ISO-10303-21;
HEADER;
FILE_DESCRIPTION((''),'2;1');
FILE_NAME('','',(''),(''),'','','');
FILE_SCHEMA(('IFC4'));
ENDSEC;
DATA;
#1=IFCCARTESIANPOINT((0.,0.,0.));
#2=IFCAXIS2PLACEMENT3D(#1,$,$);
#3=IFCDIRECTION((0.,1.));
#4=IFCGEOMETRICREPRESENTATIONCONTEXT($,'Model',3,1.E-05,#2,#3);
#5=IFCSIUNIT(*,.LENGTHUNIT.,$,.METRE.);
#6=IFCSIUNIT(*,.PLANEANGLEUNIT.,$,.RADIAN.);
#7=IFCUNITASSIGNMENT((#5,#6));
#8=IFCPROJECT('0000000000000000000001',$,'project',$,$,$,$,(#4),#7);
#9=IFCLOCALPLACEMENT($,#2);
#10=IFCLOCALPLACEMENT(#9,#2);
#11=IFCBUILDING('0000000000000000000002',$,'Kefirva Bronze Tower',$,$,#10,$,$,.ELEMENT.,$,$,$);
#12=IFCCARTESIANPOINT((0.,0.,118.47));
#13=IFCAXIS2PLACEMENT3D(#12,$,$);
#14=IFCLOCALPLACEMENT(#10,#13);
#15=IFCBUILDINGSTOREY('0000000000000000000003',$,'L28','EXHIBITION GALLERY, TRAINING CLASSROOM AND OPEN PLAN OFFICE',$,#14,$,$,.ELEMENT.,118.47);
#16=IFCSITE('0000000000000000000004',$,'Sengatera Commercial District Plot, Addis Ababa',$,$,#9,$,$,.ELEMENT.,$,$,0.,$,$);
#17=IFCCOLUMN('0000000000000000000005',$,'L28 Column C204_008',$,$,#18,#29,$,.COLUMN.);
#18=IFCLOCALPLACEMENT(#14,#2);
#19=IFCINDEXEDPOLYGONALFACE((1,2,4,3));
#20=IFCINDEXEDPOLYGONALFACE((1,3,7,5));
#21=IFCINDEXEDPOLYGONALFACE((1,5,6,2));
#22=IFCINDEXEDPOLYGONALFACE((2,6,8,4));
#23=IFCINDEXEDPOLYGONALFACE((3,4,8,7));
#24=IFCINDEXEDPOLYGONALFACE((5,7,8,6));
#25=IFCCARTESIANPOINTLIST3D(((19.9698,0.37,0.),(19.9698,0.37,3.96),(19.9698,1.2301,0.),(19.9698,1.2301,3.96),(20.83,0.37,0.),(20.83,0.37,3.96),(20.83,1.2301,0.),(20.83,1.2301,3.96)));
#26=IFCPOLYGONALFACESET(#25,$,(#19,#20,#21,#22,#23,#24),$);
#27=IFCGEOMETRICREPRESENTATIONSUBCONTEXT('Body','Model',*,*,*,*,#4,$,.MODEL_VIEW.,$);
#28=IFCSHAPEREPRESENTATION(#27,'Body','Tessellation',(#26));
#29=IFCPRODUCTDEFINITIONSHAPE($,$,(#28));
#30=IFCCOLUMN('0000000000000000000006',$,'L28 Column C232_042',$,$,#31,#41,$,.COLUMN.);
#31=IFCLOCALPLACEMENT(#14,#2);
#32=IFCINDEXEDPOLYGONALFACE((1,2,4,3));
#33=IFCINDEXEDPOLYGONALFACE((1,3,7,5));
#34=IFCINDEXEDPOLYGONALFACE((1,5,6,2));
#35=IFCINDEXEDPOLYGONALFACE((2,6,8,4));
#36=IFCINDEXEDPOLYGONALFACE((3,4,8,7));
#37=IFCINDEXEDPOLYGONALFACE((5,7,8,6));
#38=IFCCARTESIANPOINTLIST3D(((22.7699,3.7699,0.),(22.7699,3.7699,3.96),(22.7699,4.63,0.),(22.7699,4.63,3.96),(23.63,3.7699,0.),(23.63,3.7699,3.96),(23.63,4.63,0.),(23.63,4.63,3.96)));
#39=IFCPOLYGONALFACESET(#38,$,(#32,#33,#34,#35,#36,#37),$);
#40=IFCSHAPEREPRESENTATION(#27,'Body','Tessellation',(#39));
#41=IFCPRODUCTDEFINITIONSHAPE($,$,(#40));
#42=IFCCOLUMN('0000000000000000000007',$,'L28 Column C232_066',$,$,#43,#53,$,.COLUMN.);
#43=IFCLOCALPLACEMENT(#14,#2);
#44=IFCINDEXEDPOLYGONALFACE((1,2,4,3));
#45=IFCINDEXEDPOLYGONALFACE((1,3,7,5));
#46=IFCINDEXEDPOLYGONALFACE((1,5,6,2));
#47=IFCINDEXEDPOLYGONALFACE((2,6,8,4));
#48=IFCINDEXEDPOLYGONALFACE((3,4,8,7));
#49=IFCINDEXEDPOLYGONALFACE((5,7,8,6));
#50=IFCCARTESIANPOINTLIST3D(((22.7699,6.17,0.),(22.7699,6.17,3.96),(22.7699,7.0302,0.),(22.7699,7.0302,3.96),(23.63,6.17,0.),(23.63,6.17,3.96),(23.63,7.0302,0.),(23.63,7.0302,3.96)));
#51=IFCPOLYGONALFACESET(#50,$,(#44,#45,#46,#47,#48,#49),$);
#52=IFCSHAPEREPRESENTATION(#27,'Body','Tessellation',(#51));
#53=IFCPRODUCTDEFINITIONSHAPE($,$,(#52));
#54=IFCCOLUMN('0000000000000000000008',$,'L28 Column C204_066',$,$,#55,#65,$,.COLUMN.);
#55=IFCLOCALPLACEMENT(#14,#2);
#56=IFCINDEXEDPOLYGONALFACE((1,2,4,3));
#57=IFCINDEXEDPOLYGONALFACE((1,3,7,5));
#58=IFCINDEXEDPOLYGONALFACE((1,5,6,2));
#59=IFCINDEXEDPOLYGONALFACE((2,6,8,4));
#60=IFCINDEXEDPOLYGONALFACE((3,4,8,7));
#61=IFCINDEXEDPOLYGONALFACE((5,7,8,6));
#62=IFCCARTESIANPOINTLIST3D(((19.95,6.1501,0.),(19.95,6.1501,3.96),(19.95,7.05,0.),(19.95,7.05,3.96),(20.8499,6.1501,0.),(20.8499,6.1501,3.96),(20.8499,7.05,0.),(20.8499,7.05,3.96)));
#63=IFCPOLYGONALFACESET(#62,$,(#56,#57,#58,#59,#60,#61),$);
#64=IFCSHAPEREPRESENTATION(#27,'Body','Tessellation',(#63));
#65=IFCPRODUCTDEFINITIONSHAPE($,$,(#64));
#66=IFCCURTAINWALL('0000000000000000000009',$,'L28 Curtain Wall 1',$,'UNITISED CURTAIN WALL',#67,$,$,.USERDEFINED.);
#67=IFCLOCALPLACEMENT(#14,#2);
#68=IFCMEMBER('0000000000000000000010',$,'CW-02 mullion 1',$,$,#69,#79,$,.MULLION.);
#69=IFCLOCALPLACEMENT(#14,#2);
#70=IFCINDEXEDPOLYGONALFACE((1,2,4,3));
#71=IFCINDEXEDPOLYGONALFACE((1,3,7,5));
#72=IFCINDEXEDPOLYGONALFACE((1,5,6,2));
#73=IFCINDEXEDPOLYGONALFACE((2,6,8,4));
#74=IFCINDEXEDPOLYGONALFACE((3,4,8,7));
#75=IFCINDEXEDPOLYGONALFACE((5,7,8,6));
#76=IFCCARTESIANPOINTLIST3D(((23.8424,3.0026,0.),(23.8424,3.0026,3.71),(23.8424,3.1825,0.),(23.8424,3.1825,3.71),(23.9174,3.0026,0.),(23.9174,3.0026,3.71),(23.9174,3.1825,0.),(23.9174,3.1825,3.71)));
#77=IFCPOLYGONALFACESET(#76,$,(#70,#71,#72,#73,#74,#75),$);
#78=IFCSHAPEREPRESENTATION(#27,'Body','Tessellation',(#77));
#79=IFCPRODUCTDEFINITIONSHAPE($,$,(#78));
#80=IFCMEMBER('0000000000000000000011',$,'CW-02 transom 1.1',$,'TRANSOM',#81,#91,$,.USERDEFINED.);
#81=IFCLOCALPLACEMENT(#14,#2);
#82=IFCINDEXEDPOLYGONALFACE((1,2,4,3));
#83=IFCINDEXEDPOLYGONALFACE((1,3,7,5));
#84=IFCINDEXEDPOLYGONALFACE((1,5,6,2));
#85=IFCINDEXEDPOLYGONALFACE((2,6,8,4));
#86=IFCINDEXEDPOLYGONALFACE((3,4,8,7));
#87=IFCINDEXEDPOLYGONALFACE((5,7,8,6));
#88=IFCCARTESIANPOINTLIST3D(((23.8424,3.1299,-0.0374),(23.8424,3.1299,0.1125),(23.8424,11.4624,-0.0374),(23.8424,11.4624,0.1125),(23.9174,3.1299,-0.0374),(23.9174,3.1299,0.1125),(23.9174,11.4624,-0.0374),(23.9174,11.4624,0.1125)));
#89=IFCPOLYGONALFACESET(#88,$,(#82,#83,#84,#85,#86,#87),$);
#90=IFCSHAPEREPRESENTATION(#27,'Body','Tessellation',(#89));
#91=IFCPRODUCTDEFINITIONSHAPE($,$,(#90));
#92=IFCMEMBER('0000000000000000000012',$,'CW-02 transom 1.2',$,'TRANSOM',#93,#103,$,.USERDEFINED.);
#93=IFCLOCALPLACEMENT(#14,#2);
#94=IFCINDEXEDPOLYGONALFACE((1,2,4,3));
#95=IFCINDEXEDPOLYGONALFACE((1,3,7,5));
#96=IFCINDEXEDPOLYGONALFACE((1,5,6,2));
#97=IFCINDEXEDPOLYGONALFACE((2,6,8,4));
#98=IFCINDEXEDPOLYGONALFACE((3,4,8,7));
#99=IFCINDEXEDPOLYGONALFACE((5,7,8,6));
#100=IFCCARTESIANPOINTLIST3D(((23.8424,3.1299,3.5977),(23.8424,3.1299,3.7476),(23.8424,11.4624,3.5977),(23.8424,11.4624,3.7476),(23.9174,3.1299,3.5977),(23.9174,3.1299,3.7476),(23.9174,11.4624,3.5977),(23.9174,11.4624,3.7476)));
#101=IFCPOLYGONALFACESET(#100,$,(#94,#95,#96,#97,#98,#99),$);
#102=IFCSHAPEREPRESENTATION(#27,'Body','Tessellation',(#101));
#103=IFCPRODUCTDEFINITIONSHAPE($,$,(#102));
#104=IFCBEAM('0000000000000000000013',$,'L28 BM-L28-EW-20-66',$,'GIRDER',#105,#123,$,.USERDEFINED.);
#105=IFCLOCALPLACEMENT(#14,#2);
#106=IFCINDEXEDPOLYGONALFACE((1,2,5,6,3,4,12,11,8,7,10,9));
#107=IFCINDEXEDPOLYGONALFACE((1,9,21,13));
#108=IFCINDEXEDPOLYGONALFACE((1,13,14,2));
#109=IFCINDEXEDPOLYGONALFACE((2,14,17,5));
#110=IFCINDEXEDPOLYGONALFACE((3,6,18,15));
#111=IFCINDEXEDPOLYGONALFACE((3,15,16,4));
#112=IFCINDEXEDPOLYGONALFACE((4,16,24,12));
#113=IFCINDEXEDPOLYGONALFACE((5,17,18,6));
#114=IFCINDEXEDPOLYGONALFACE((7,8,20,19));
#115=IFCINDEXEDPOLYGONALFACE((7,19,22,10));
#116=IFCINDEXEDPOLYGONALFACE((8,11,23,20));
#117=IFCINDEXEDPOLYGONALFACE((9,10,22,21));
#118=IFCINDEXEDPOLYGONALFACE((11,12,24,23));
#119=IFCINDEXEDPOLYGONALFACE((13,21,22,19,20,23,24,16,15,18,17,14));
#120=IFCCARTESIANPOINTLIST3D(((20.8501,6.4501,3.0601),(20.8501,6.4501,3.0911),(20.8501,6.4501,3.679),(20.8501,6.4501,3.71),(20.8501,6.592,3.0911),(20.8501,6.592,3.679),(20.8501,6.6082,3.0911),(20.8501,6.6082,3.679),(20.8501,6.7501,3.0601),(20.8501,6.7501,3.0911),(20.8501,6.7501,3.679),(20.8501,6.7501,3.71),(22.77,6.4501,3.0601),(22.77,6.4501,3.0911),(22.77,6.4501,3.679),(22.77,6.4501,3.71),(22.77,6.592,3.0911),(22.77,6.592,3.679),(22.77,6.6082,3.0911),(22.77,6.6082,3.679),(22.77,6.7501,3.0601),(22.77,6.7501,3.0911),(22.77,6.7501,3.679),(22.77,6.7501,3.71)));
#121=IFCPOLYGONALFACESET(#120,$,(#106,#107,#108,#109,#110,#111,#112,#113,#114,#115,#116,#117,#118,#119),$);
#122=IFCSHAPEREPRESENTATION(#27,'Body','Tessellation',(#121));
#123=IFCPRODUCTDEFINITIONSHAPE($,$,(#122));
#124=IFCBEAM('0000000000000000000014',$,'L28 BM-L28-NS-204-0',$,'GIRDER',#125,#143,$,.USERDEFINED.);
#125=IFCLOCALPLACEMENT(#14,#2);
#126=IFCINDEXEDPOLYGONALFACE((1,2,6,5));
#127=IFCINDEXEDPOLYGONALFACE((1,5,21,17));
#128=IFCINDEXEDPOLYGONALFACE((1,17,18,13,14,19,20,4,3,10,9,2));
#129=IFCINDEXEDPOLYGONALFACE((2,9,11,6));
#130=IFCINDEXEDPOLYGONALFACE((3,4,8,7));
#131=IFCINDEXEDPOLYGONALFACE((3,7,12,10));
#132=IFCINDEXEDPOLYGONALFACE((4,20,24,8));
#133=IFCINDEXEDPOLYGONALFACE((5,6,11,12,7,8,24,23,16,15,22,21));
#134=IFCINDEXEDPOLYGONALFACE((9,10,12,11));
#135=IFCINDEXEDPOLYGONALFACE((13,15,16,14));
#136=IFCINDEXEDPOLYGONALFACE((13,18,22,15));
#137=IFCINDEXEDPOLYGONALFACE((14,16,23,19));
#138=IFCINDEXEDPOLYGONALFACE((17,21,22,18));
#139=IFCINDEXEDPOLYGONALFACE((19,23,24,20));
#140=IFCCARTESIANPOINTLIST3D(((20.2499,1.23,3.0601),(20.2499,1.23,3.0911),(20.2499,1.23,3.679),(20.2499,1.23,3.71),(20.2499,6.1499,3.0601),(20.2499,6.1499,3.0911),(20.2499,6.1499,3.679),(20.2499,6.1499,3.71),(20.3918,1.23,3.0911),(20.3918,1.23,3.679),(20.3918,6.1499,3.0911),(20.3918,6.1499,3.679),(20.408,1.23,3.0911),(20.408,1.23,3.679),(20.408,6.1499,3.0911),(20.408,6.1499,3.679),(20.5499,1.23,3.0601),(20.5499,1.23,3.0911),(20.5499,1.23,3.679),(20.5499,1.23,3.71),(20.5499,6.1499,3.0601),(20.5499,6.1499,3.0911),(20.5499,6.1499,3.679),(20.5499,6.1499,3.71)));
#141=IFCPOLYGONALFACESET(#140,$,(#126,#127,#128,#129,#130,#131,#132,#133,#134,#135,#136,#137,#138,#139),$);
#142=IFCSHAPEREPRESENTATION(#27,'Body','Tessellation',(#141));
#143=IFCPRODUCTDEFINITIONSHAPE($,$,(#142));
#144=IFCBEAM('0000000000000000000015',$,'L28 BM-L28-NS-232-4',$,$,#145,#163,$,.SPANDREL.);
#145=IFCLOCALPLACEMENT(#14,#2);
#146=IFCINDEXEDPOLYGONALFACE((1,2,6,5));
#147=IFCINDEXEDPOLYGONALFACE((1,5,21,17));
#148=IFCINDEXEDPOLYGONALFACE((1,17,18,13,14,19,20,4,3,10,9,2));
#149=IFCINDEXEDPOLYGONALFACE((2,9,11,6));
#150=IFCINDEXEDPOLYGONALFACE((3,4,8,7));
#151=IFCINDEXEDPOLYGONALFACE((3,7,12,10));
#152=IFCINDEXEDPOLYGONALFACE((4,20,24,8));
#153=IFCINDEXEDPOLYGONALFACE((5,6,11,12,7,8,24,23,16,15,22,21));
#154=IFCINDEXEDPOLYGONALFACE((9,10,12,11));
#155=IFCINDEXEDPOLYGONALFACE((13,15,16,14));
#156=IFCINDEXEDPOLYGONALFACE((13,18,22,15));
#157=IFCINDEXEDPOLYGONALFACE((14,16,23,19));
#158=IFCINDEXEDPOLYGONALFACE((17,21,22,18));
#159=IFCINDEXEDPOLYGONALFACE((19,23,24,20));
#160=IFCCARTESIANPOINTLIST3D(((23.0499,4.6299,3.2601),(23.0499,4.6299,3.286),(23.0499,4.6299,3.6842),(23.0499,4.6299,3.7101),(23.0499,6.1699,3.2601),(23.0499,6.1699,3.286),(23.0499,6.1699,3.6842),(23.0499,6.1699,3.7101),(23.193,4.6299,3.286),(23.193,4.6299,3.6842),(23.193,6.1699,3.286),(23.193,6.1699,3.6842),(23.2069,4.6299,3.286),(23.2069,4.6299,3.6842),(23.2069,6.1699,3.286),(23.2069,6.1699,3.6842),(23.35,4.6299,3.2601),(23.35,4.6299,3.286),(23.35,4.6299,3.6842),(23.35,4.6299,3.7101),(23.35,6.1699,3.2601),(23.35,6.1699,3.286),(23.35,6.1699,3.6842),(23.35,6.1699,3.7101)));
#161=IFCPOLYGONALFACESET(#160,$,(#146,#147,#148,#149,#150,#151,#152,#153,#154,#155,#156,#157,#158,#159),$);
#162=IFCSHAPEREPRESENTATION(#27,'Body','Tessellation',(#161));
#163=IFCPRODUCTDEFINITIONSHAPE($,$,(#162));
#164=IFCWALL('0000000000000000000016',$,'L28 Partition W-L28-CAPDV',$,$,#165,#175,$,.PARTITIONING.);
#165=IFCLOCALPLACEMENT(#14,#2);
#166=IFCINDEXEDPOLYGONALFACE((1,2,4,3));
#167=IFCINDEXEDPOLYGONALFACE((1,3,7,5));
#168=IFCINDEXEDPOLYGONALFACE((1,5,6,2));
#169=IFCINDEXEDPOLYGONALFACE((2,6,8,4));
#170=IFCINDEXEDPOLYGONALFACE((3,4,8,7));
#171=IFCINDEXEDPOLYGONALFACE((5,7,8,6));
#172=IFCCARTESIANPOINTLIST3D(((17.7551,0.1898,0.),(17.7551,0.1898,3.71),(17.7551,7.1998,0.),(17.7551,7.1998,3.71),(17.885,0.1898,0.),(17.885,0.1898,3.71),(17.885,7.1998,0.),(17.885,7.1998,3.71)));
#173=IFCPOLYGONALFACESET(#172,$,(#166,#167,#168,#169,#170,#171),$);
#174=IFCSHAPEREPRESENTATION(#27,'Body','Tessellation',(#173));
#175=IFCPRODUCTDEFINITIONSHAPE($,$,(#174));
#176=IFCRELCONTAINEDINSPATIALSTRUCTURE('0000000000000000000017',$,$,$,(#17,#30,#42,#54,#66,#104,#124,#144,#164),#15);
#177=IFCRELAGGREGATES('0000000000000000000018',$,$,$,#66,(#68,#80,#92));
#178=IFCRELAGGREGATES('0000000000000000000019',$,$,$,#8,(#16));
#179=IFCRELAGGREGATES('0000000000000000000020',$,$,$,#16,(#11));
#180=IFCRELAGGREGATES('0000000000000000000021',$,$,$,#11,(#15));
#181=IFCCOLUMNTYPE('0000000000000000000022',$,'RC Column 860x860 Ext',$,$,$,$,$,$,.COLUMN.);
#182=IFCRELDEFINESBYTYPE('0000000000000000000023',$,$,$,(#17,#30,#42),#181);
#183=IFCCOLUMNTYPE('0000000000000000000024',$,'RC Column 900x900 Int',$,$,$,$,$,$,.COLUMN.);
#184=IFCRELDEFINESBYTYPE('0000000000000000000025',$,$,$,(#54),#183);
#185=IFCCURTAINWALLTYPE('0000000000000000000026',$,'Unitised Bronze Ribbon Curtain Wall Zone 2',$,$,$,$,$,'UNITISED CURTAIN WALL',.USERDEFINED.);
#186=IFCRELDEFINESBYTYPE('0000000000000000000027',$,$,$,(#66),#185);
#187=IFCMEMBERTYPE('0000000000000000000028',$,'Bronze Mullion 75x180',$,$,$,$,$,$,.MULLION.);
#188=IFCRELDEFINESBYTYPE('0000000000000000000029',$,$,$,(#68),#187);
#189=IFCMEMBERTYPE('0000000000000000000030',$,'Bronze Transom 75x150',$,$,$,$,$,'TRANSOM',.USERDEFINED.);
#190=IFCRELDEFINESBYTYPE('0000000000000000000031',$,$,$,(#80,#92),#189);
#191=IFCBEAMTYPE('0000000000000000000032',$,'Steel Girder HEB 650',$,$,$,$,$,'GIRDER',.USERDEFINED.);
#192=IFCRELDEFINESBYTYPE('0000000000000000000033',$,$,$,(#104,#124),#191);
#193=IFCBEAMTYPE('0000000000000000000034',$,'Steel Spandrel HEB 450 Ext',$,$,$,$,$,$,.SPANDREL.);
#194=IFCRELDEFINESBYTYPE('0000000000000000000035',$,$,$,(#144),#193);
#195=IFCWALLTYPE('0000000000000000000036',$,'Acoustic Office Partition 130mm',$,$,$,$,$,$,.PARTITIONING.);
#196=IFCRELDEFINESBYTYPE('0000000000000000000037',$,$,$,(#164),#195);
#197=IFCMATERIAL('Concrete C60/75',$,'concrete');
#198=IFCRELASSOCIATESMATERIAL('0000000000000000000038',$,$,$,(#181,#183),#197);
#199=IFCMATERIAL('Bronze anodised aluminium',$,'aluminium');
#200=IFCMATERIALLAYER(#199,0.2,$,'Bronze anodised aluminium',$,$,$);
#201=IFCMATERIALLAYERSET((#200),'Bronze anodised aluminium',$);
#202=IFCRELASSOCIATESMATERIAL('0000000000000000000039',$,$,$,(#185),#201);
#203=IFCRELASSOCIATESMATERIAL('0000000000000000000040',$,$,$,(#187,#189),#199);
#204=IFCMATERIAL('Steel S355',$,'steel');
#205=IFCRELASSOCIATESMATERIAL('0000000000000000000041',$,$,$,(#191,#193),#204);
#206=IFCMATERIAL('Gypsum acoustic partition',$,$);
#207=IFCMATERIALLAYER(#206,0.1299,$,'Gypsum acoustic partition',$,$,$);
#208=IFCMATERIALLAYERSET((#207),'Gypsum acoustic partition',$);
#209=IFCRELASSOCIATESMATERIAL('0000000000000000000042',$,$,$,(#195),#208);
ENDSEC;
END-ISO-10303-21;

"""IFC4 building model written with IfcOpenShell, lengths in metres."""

from ifc_helpers import new_model, si_unit, direction, frame, frame_2d, origin, origin_2d, place, context, subcontext, project, spatial, rectangle, i_section, extrude, material, layer, layer_set, material_profile, profile_set, type_object, element, aggregate, save


model = new_model("IFC4")

# Units and contexts
model_context = context("Model", 3, precision=1e-05, world=origin(), true_north=direction((0.0, 1.0)))
body_context = subcontext(model_context, "Body", "Model", "MODEL_VIEW")
ifc_project = project(units=[si_unit("LENGTHUNIT", "METRE"), si_unit("PLANEANGLEUNIT", "RADIAN")], contexts=[model_context])

# Site, building, storey
site_placement = place(None, origin())
site = spatial("IfcSite", under=ifc_project, at=site_placement, Name="Sengatera Commercial District Plot, Addis Ababa", CompositionType="ELEMENT", RefElevation=0.0)
building_placement = place(site_placement, origin())
building = spatial("IfcBuilding", under=site, at=building_placement, Name="Kefirva Bronze Tower", CompositionType="ELEMENT")
storey_placement = place(building_placement, frame((0.0, 0.0, 118.47)))
storey = spatial("IfcBuildingStorey", under=building, at=storey_placement, Name="L28", Description="EXHIBITION GALLERY, TRAINING CLASSROOM AND OPEN PLAN OFFICE", CompositionType="ELEMENT", Elevation=118.47)

# Columns
ifc_material_1 = material(Name="Concrete C60/75", Category="concrete")
ifc_material_profile_1 = material_profile(ifc_material_1, rectangle(XDim=0.8601, YDim=0.8601, at=origin_2d()), Name="RC 860x860")
ifc_profile_set_1 = profile_set([ifc_material_profile_1], Name="Concrete C60/75")
column_type_1 = type_object("IfcColumnType", Name="RC Column 860x860 Ext", PredefinedType="COLUMN", material=ifc_profile_set_1)
for number, where, z_axis, x_axis, name in (
    (1, (20.3999, 0.8, 0.0), (0.0, 0.0, 1.0), (1.0, 0.0, 0.0), "L28 Column C204_008"),
    (2, (23.2, 4.2, 0.0), (0.0, 0.0, 1.0), (1.0, 0.0, 0.0), "L28 Column C232_042"),
    (3, (23.2, 6.6001, 0.0), (0.0, 0.0, 1.0), (1.0, 0.0, 0.0), "L28 Column C232_066"),
):
    element("IfcColumn", number, at=place(storey_placement, frame(where, z_axis=z_axis, x_axis=x_axis)), inside=storey, type_object=column_type_1, Name=name, PredefinedType="COLUMN", context=body_context, shape_type="SweptSolid", body=[
        extrude(rectangle(XDim=0.8601, YDim=0.8601, at=origin_2d()), origin(), (0.0, 0.0, 1.0), 3.96),
    ])
ifc_material_profile_2 = material_profile(ifc_material_1, rectangle(XDim=0.8999, YDim=0.8999, at=origin_2d()), Name="RC 900x900")
ifc_profile_set_2 = profile_set([ifc_material_profile_2], Name="Concrete C60/75")
column_type_2 = type_object("IfcColumnType", Name="RC Column 900x900 Int", PredefinedType="COLUMN", material=ifc_profile_set_2)
column_placement = place(storey_placement, frame((20.3999, 6.6001, 0.0), z_axis=(0.0, 0.0, 1.0), x_axis=(1.0, 0.0, 0.0)))
element("IfcColumn", 4, at=column_placement, inside=storey, type_object=column_type_2, Name="L28 Column C204_066", PredefinedType="COLUMN", context=body_context, shape_type="SweptSolid", body=[
    extrude(rectangle(XDim=0.8999, YDim=0.8999, at=origin_2d()), origin(), (0.0, 0.0, 1.0), 3.96),
])

# Curtain wall, members
ifc_material_2 = material(Name="Bronze anodised aluminium", Category="aluminium")
ifc_layer_1 = layer(ifc_material_2, 0.2, Name="Bronze anodised aluminium")
ifc_layer_set_1 = layer_set([ifc_layer_1], Name="Bronze anodised aluminium")
curtain_wall_type = type_object("IfcCurtainWallType", Name="Unitised Bronze Ribbon Curtain Wall Zone 2", ElementType="UNITISED CURTAIN WALL", PredefinedType="USERDEFINED", material=ifc_layer_set_1)
curtain_wall_placement = place(storey_placement, origin())
curtain_wall = element("IfcCurtainWall", 5, at=curtain_wall_placement, inside=storey, type_object=curtain_wall_type, Name="L28 Curtain Wall 1", ObjectType="UNITISED CURTAIN WALL", PredefinedType="USERDEFINED")
ifc_material_profile_3 = material_profile(ifc_material_2, rectangle(XDim=0.075, YDim=0.1799, at=origin_2d()), Name="ALU 75x180")
ifc_profile_set_3 = profile_set([ifc_material_profile_3], Name="Bronze anodised aluminium")
member_type_1 = type_object("IfcMemberType", Name="Bronze Mullion 75x180", PredefinedType="MULLION", material=ifc_profile_set_3)
member_1_placement = place(storey_placement, frame((23.8799, 3.0925, 0.0), z_axis=(0.0, 0.0, 1.0), x_axis=(-1.0, 0.0, 0.0)))
member_1 = element("IfcMember", 6, at=member_1_placement, type_object=member_type_1, Name="CW-02 mullion 1", PredefinedType="MULLION", context=body_context, shape_type="SweptSolid", body=[
    extrude(rectangle(XDim=0.075, YDim=0.1799, at=origin_2d()), origin(), (0.0, 0.0, 1.0), 3.71),
])
ifc_material_profile_4 = material_profile(ifc_material_2, rectangle(XDim=0.075, YDim=0.1499, at=origin_2d()), Name="ALU 75x150")
ifc_profile_set_4 = profile_set([ifc_material_profile_4], Name="Bronze anodised aluminium")
member_type_2 = type_object("IfcMemberType", Name="Bronze Transom 75x150", ElementType="TRANSOM", PredefinedType="USERDEFINED", material=ifc_profile_set_4)
member_2_placement = place(storey_placement, frame((23.8799, 3.1299, 0.0376), z_axis=(0.0, 1.0, 0.0), x_axis=(-1.0, 0.0, 0.0)))
member_2 = element("IfcMember", 7, at=member_2_placement, type_object=member_type_2, Name="CW-02 transom 1.1", ObjectType="TRANSOM", PredefinedType="USERDEFINED", context=body_context, shape_type="SweptSolid", body=[
    extrude(rectangle(XDim=0.075, YDim=0.1499, at=origin_2d()), origin(), (0.0, 0.0, 1.0), 8.3325),
])
member_3_placement = place(storey_placement, frame((23.8799, 3.1299, 3.6726), z_axis=(0.0, 1.0, 0.0), x_axis=(-1.0, 0.0, 0.0)))
member_3 = element("IfcMember", 8, at=member_3_placement, type_object=member_type_2, Name="CW-02 transom 1.2", ObjectType="TRANSOM", PredefinedType="USERDEFINED", context=body_context, shape_type="SweptSolid", body=[
    extrude(rectangle(XDim=0.075, YDim=0.1499, at=origin_2d()), origin(), (0.0, 0.0, 1.0), 8.3325),
])
aggregate(curtain_wall, [member_1, member_2, member_3])

# Beams
ifc_material_3 = material(Name="Steel S355", Category="steel")
ifc_material_profile_5 = material_profile(ifc_material_3, i_section(OverallWidth=0.3, OverallDepth=0.6499, WebThickness=0.0161, FlangeThickness=0.031, at=origin_2d()), Name="HEB 650")
ifc_profile_set_5 = profile_set([ifc_material_profile_5], Name="Steel S355")
beam_type_1 = type_object("IfcBeamType", Name="Steel Girder HEB 650", ElementType="GIRDER", PredefinedType="USERDEFINED", material=ifc_profile_set_5)
beam_1_placement = place(storey_placement, frame((20.8501, 6.6001, 3.385), z_axis=(1.0, 0.0, 0.0), x_axis=(0.0, 1.0, 0.0)))
element("IfcBeam", 9, at=beam_1_placement, inside=storey, type_object=beam_type_1, Name="L28 BM-L28-EW-20-66", ObjectType="GIRDER", PredefinedType="USERDEFINED", context=body_context, shape_type="SweptSolid", body=[
    extrude(i_section(OverallWidth=0.3, OverallDepth=0.6499, WebThickness=0.0161, FlangeThickness=0.031, at=origin_2d()), origin(), (0.0, 0.0, 1.0), 1.9199),
])
beam_2_placement = place(storey_placement, frame((20.3999, 1.23, 3.385), z_axis=(0.0, 1.0, 0.0), x_axis=(-1.0, 0.0, 0.0)))
element("IfcBeam", 10, at=beam_2_placement, inside=storey, type_object=beam_type_1, Name="L28 BM-L28-NS-204-0", ObjectType="GIRDER", PredefinedType="USERDEFINED", context=body_context, shape_type="SweptSolid", body=[
    extrude(i_section(OverallWidth=0.3, OverallDepth=0.6499, WebThickness=0.0161, FlangeThickness=0.031, at=origin_2d()), origin(), (0.0, 0.0, 1.0), 4.9199),
])
ifc_material_profile_6 = material_profile(ifc_material_3, i_section(OverallWidth=0.3, OverallDepth=0.45, WebThickness=0.0139, FlangeThickness=0.0259, at=origin_2d()), Name="HEB 450")
ifc_profile_set_6 = profile_set([ifc_material_profile_6], Name="Steel S355")
beam_type_2 = type_object("IfcBeamType", Name="Steel Spandrel HEB 450 Ext", PredefinedType="SPANDREL", material=ifc_profile_set_6)
beam_3_placement = place(storey_placement, frame((23.2, 4.6299, 3.4851), z_axis=(0.0, 1.0, 0.0), x_axis=(-1.0, 0.0, 0.0)))
element("IfcBeam", 11, at=beam_3_placement, inside=storey, type_object=beam_type_2, Name="L28 BM-L28-NS-232-4", PredefinedType="SPANDREL", context=body_context, shape_type="SweptSolid", body=[
    extrude(i_section(OverallWidth=0.3, OverallDepth=0.45, WebThickness=0.0139, FlangeThickness=0.0259, at=origin_2d()), origin(), (0.0, 0.0, 1.0), 1.54),
])

# Wall
ifc_material_4 = material(Name="Gypsum acoustic partition")
ifc_layer_2 = layer(ifc_material_4, 0.1299, Name="Gypsum acoustic partition")
ifc_layer_set_2 = layer_set([ifc_layer_2], Name="Gypsum acoustic partition")
wall_type_1 = type_object("IfcWallType", Name="Acoustic Office Partition 130mm", PredefinedType="PARTITIONING", material=ifc_layer_set_2)
wall_1_placement = place(storey_placement, frame((17.8201, 0.1899, 0.0), z_axis=(0.0, 0.0, 1.0), x_axis=(0.0, 1.0, 0.0)))
element("IfcWall", 12, at=wall_1_placement, inside=storey, type_object=wall_type_1, Name="L28 Partition W-L28-CAPDV", PredefinedType="PARTITIONING", context=body_context, shape_type="SweptSolid", body=[
    extrude(rectangle(XDim=7.01, YDim=0.1299, at=frame_2d((3.5049, 0.0))), origin(), (0.0, 0.0, 1.0), 3.71),
])

save(model, "model.ifc")
